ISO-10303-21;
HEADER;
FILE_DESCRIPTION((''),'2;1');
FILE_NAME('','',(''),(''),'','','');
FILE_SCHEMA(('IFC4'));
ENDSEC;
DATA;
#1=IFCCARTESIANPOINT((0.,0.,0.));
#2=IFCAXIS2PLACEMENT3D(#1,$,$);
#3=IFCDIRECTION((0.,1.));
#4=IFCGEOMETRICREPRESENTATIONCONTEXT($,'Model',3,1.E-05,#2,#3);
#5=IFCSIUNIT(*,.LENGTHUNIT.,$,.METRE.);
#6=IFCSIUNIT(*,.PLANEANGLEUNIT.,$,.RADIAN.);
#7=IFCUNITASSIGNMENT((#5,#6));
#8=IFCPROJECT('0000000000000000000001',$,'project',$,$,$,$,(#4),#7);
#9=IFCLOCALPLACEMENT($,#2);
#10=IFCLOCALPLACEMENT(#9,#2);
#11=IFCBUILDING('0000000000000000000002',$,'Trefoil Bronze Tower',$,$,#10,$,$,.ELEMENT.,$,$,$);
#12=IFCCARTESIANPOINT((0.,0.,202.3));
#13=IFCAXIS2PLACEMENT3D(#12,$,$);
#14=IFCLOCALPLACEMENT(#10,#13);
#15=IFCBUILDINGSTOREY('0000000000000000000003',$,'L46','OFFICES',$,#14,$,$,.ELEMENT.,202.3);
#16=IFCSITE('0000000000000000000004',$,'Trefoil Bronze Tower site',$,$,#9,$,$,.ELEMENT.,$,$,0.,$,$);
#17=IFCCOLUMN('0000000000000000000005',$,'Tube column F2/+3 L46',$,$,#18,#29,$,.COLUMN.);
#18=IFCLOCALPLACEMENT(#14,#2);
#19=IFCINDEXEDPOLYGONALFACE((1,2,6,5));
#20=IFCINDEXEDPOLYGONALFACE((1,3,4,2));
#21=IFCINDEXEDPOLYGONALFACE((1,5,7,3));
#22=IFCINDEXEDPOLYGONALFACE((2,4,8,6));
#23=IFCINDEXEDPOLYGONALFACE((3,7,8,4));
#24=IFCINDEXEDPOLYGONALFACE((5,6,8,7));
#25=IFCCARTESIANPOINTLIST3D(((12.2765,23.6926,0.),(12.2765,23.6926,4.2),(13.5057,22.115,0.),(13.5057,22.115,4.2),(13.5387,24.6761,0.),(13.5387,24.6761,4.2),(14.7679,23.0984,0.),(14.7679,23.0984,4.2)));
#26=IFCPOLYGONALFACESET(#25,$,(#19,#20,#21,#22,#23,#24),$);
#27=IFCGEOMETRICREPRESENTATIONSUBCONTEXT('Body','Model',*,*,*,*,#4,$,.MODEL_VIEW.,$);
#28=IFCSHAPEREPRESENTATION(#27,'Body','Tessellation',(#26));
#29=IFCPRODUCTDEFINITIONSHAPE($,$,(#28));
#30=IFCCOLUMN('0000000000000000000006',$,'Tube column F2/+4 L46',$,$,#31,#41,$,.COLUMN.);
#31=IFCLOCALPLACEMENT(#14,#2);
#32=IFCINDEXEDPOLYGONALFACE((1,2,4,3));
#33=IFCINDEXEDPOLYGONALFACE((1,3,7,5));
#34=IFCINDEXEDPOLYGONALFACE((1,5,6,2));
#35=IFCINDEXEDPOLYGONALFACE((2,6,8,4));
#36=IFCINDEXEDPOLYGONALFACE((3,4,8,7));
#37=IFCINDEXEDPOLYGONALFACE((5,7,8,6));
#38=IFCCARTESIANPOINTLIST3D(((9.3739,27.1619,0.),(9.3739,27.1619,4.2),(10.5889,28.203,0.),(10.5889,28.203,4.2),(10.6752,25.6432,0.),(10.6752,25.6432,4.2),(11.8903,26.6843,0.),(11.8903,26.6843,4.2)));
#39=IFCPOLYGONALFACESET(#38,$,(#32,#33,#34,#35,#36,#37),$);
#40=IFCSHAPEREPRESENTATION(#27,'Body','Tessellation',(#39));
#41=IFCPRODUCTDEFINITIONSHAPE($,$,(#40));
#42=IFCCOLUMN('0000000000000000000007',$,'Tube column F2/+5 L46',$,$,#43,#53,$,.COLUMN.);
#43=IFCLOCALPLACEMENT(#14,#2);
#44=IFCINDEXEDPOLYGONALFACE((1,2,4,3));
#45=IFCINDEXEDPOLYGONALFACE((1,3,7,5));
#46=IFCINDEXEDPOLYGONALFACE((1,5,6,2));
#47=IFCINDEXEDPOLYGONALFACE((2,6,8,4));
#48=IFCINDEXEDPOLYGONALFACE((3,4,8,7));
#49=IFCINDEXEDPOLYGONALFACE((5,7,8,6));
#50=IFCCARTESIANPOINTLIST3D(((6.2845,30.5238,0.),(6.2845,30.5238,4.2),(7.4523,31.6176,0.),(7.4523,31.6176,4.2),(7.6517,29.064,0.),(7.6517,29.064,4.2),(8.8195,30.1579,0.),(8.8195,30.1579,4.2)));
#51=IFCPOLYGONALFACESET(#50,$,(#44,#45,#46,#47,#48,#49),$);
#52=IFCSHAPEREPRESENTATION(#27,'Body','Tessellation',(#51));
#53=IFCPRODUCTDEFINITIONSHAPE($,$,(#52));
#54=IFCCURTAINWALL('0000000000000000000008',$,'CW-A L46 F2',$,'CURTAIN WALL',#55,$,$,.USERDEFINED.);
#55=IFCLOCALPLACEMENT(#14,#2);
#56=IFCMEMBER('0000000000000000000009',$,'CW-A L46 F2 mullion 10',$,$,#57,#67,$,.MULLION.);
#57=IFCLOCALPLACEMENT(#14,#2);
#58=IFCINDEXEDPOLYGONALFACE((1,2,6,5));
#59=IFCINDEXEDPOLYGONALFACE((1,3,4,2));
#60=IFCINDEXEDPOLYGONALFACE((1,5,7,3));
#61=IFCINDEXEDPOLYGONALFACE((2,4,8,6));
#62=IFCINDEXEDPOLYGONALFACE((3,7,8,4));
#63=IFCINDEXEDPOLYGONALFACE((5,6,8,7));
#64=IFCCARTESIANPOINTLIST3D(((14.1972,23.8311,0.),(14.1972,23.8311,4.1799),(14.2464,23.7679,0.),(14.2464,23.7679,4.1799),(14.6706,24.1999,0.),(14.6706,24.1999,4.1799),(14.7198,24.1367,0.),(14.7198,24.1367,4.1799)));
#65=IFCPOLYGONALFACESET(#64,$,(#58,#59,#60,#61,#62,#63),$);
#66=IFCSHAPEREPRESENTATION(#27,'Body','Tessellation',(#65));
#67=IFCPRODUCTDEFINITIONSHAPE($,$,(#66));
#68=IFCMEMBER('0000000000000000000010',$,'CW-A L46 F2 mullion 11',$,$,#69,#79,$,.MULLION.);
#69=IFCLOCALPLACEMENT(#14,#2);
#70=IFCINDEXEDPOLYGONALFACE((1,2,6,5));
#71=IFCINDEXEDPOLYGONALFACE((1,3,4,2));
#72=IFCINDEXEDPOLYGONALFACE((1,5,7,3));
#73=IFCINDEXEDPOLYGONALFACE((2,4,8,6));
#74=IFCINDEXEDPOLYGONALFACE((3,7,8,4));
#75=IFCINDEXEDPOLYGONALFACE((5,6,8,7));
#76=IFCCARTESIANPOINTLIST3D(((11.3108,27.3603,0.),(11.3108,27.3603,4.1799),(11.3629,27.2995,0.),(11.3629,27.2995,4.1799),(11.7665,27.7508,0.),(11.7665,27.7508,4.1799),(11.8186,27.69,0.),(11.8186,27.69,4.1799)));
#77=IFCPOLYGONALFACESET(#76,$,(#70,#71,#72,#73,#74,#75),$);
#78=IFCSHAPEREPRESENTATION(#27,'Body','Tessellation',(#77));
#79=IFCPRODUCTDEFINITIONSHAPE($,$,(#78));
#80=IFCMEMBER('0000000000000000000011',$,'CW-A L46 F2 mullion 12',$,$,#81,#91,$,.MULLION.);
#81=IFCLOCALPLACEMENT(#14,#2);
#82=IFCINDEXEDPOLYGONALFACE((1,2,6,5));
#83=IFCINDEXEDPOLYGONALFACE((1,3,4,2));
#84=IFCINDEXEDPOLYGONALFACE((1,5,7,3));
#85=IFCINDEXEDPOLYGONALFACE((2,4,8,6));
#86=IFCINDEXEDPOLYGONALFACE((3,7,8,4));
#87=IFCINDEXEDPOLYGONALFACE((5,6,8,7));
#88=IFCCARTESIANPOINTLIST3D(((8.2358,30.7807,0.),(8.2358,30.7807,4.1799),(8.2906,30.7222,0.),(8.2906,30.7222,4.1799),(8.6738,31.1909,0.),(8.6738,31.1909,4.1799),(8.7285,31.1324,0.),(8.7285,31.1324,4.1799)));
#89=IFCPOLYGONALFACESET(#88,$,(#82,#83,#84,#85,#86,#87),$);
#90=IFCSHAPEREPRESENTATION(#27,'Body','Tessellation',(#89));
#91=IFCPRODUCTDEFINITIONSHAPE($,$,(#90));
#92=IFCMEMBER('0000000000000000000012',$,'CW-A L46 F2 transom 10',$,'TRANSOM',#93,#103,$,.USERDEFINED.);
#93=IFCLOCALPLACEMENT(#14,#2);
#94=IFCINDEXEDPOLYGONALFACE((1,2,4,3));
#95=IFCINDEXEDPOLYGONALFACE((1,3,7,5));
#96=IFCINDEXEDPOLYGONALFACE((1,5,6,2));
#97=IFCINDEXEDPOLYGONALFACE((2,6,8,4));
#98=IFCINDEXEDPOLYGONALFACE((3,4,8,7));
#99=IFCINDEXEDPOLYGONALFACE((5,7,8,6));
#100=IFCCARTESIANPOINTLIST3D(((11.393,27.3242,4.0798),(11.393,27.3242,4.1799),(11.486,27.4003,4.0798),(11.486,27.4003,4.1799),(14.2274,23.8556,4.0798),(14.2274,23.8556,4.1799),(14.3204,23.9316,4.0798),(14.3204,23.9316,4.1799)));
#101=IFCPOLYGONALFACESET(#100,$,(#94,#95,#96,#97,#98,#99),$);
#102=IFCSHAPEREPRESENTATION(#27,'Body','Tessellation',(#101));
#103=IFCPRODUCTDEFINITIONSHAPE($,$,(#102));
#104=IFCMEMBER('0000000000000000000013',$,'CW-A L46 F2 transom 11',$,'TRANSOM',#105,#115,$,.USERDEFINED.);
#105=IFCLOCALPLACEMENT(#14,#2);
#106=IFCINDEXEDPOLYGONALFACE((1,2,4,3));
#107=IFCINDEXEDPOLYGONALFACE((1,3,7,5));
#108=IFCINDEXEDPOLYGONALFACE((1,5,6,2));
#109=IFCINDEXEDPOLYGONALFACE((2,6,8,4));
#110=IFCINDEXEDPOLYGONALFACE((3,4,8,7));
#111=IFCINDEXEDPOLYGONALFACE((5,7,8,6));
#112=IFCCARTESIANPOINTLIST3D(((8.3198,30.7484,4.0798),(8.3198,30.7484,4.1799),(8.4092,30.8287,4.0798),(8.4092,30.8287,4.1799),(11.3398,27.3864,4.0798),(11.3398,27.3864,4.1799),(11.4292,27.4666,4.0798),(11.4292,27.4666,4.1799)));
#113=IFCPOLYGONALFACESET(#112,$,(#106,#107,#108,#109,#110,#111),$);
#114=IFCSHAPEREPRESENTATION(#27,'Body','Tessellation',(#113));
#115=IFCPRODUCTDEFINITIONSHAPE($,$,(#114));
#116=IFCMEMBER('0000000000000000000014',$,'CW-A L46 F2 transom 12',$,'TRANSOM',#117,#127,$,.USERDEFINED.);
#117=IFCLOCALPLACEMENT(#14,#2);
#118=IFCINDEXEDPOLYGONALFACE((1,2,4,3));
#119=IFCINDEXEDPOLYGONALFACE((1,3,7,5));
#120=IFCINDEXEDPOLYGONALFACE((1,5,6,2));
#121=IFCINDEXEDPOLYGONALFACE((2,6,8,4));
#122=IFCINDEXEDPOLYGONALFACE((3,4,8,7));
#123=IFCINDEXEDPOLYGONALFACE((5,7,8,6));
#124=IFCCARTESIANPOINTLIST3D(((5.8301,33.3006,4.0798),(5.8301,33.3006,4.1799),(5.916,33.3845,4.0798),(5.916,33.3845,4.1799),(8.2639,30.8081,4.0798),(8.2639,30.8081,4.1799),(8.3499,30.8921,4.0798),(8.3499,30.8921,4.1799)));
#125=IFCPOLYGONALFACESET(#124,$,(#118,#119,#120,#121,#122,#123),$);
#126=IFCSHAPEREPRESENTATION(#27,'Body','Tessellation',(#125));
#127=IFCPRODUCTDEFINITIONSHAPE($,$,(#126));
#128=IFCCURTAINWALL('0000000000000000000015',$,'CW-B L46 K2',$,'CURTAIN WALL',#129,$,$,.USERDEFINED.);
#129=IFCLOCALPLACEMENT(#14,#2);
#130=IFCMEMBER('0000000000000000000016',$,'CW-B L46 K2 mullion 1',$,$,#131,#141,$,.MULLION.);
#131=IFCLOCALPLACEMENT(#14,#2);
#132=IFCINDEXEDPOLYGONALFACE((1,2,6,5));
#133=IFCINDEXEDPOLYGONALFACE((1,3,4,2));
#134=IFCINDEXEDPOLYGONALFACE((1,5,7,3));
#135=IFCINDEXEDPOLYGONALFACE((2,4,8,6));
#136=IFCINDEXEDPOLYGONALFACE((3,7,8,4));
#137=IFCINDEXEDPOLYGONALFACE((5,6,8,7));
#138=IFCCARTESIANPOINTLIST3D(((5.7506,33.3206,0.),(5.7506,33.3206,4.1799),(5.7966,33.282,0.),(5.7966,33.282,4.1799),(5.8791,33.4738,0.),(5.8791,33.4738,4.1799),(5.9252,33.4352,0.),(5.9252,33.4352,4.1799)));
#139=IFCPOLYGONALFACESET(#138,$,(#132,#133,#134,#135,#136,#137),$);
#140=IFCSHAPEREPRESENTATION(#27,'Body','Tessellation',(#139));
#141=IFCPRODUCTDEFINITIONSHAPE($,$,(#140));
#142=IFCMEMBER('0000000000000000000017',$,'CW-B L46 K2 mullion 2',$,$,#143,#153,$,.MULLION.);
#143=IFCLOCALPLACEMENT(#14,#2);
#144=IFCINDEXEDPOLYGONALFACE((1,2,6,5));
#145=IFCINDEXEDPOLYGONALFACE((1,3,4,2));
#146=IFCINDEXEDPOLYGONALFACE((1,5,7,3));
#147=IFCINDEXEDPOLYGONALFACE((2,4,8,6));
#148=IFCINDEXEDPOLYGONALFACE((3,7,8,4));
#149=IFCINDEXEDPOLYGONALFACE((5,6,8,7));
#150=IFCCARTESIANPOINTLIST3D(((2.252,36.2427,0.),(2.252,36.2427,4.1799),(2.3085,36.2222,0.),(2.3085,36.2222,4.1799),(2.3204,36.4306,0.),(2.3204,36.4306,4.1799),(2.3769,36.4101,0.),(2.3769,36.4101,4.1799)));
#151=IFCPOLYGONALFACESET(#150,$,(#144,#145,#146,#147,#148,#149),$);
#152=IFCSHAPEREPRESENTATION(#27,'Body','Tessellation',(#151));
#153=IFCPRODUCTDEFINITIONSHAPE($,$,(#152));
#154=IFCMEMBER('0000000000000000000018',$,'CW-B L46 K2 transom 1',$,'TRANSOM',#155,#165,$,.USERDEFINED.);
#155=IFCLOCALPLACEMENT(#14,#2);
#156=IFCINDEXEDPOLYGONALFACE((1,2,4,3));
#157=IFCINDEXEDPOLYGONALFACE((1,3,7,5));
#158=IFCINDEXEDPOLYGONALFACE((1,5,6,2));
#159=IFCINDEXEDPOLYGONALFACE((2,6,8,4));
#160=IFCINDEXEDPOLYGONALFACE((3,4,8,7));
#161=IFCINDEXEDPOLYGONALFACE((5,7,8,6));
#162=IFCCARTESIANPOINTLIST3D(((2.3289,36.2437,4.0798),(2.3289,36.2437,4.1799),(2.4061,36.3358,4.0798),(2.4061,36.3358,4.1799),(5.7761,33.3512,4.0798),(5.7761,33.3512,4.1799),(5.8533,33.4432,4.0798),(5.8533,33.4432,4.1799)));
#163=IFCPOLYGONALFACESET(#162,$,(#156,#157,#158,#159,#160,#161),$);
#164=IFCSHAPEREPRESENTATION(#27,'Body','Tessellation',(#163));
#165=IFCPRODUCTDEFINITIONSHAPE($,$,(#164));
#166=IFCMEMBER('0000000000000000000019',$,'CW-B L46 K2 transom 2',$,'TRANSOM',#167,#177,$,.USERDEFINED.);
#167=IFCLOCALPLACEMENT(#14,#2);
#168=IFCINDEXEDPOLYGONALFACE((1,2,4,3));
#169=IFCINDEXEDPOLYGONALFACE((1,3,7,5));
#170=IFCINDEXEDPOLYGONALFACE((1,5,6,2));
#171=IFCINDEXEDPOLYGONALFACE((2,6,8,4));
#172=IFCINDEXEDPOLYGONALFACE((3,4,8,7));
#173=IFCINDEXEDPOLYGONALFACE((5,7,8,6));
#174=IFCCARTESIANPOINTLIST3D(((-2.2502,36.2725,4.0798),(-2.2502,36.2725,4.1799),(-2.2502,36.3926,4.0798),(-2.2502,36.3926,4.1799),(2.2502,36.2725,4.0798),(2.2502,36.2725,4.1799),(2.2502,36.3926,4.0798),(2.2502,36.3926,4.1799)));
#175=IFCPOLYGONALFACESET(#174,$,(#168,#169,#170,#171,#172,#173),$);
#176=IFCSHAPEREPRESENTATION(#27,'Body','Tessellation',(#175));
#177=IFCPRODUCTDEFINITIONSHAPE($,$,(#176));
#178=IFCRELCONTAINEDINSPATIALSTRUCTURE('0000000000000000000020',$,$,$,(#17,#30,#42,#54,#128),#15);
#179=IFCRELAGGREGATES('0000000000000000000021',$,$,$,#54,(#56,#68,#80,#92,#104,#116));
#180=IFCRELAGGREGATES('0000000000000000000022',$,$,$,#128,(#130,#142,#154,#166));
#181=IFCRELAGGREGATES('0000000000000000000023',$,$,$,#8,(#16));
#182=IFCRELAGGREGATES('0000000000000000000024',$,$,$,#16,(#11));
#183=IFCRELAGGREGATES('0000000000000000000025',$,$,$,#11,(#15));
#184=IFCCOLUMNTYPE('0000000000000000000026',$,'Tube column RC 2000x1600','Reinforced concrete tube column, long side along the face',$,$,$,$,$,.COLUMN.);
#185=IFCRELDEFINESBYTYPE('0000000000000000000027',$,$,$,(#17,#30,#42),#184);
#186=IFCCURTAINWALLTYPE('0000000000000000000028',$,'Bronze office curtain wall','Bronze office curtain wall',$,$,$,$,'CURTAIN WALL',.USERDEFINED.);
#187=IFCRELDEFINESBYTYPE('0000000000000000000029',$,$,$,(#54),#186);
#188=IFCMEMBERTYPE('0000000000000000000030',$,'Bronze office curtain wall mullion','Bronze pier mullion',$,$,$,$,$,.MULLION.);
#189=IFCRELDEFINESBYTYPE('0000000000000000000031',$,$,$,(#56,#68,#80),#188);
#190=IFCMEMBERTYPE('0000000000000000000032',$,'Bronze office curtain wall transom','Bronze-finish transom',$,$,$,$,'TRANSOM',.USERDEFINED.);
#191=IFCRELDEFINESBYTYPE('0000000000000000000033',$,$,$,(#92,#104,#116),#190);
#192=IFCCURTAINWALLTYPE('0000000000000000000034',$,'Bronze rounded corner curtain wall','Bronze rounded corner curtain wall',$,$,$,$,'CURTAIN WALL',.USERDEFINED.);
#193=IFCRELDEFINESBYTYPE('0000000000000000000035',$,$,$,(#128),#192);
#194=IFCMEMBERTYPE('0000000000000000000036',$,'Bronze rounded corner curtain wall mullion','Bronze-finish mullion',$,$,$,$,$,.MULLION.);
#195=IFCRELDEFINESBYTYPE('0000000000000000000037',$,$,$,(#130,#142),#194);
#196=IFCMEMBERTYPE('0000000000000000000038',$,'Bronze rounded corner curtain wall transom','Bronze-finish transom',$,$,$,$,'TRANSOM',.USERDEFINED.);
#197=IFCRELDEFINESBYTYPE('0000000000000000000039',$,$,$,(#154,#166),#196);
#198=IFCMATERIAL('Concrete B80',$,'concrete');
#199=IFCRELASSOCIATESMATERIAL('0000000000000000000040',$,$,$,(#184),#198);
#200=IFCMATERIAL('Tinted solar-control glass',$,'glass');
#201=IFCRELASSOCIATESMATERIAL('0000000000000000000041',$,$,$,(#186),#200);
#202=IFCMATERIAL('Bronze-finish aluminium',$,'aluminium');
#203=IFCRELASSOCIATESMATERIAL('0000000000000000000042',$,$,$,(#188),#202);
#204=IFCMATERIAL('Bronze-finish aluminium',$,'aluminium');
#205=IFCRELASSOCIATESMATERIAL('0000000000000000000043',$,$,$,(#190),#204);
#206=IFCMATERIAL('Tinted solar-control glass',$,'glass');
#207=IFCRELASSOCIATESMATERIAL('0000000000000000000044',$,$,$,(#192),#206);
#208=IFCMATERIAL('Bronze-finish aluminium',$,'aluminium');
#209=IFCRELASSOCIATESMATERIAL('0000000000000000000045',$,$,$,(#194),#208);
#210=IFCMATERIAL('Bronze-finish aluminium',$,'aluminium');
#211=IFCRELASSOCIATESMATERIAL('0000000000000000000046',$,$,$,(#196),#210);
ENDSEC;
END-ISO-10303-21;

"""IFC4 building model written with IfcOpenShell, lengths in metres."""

from ifc_helpers import new_model, si_unit, direction, frame, origin, origin_2d, place, context, subcontext, project, spatial, rectangle, extrude, material, material_profile, profile_set, type_object, element, aggregate, save


model = new_model("IFC4")

# Units and contexts
model_context = context("Model", 3, precision=1e-05, world=origin(), true_north=direction((0.0, 1.0)))
body_context = subcontext(model_context, "Body", "Model", "MODEL_VIEW")
ifc_project = project(units=[si_unit("LENGTHUNIT", "METRE"), si_unit("PLANEANGLEUNIT", "RADIAN")], contexts=[model_context])

# Site, building, storey
site_placement = place(None, origin())
site = spatial("IfcSite", under=ifc_project, at=site_placement, Name="Trefoil Bronze Tower site", CompositionType="ELEMENT", RefElevation=0.0)
building_placement = place(site_placement, origin())
building = spatial("IfcBuilding", under=site, at=building_placement, Name="Trefoil Bronze Tower", CompositionType="ELEMENT")
storey_placement = place(building_placement, frame((0.0, 0.0, 202.3)))
storey = spatial("IfcBuildingStorey", under=building, at=storey_placement, Name="L46", Description="OFFICES", CompositionType="ELEMENT", Elevation=202.3)

# Columns
ifc_material_1 = material(Name="Concrete B80", Category="concrete")
ifc_material_profile_1 = material_profile(ifc_material_1, rectangle(XDim=2.0, YDim=1.6001, at=origin_2d()), Name="RC 2000x1600")
ifc_profile_set_1 = profile_set([ifc_material_profile_1], Name="Concrete B80")
column_type = type_object("IfcColumnType", Name="Tube column RC 2000x1600", Description="Reinforced concrete tube column, long side along the face", PredefinedType="COLUMN", material=ifc_profile_set_1)
for number, where, z_axis, x_axis, name in (
    (1, (13.5222, 23.3955, 0.0), (0.0, 0.0, 1.0), (-0.614622, 0.788821, 0.0), "Tube column F2/+3 L46"),
    (2, (10.6321, 26.9231, 0.0), (0.0, 0.0, 1.0), (-0.650677, 0.759355, 0.0), "Tube column F2/+4 L46"),
    (3, (7.552, 30.3408, 0.0), (0.0, 0.0, 1.0), (-0.683597, 0.72986, 0.0), "Tube column F2/+5 L46"),
):
    element("IfcColumn", number, at=place(storey_placement, frame(where, z_axis=z_axis, x_axis=x_axis)), inside=storey, type_object=column_type, Name=name, PredefinedType="COLUMN", context=body_context, shape_type="SweptSolid", body=[
        extrude(rectangle(XDim=2.0, YDim=1.6001, at=origin_2d()), origin(), (0.0, 0.0, 1.0), 4.2),
    ])

# Curtain walls, members
ifc_material_2 = material(Name="Tinted solar-control glass", Category="glass")
curtain_wall_type_1 = type_object("IfcCurtainWallType", Name="Bronze office curtain wall", Description="Bronze office curtain wall", ElementType="CURTAIN WALL", PredefinedType="USERDEFINED", material=ifc_material_2)
curtain_wall_1_placement = place(storey_placement, origin())
curtain_wall_1 = element("IfcCurtainWall", 4, at=curtain_wall_1_placement, inside=storey, type_object=curtain_wall_type_1, Name="CW-A L46 F2", ObjectType="CURTAIN WALL", PredefinedType="USERDEFINED")
ifc_material_3 = material(Name="Bronze-finish aluminium", Category="aluminium")
ifc_material_profile_2 = material_profile(ifc_material_3, rectangle(XDim=0.6001, YDim=0.0801, at=origin_2d()), Name="CW-A mullion")
ifc_profile_set_2 = profile_set([ifc_material_profile_2], Name="Bronze-finish aluminium")
member_type_1 = type_object("IfcMemberType", Name="Bronze office curtain wall mullion", Description="Bronze pier mullion", PredefinedType="MULLION", material=ifc_profile_set_2)
member_1_placement = place(storey_placement, frame((14.4585, 23.9839, 0.0), z_axis=(0.0, 0.0, 1.0), x_axis=(-0.788821, -0.614622, 0.0)))
member_1 = element("IfcMember", 5, at=member_1_placement, type_object=member_type_1, Name="CW-A L46 F2 mullion 10", PredefinedType="MULLION", context=body_context, shape_type="SweptSolid", body=[
    extrude(rectangle(XDim=0.6001, YDim=0.0801, at=origin_2d()), origin(), (0.0, 0.0, 1.0), 4.1799),
])
member_2_placement = place(storey_placement, frame((11.5647, 27.5251, 0.0), z_axis=(0.0, 0.0, 1.0), x_axis=(-0.759355, -0.650677, 0.0)))
member_2 = element("IfcMember", 6, at=member_2_placement, type_object=member_type_1, Name="CW-A L46 F2 mullion 11", PredefinedType="MULLION", context=body_context, shape_type="SweptSolid", body=[
    extrude(rectangle(XDim=0.6001, YDim=0.0801, at=origin_2d()), origin(), (0.0, 0.0, 1.0), 4.1799),
])
member_3_placement = place(storey_placement, frame((8.4822, 30.9565, 0.0), z_axis=(0.0, 0.0, 1.0), x_axis=(-0.72986, -0.683597, 0.0)))
member_3 = element("IfcMember", 7, at=member_3_placement, type_object=member_type_1, Name="CW-A L46 F2 mullion 12", PredefinedType="MULLION", context=body_context, shape_type="SweptSolid", body=[
    extrude(rectangle(XDim=0.6001, YDim=0.0801, at=origin_2d()), origin(), (0.0, 0.0, 1.0), 4.1799),
])
ifc_material_4 = material(Name="Bronze-finish aluminium", Category="aluminium")
ifc_material_profile_3 = material_profile(ifc_material_4, rectangle(XDim=0.1201, YDim=0.1001, at=origin_2d()), Name="CW-A transom")
ifc_profile_set_3 = profile_set([ifc_material_profile_3], Name="Bronze-finish aluminium")
member_type_2 = type_object("IfcMemberType", Name="Bronze office curtain wall transom", Description="Bronze-finish transom", ElementType="TRANSOM", PredefinedType="USERDEFINED", material=ifc_profile_set_3)
member_4_placement = place(storey_placement, frame((14.2739, 23.8936, 4.1299), z_axis=(-0.632757, 0.774351, 0.0), x_axis=(-0.774351, -0.632757, 0.0)))
member_4 = element("IfcMember", 8, at=member_4_placement, type_object=member_type_2, Name="CW-A L46 F2 transom 10", ObjectType="TRANSOM", PredefinedType="USERDEFINED", context=body_context, shape_type="SweptSolid", body=[
    extrude(rectangle(XDim=0.1201, YDim=0.1001, at=origin_2d()), origin(), (0.0, 0.0, 1.0), 4.4795),
])
member_5_placement = place(storey_placement, frame((11.3845, 27.4265, 4.1299), z_axis=(-0.668251, 0.743936, 0.0), x_axis=(-0.743936, -0.668251, 0.0)))
member_5 = element("IfcMember", 9, at=member_5_placement, type_object=member_type_2, Name="CW-A L46 F2 transom 11", ObjectType="TRANSOM", PredefinedType="USERDEFINED", context=body_context, shape_type="SweptSolid", body=[
    extrude(rectangle(XDim=0.1201, YDim=0.1001, at=origin_2d()), origin(), (0.0, 0.0, 1.0), 4.5193),
])
member_6_placement = place(storey_placement, frame((8.3069, 30.8501, 4.1299), z_axis=(-0.698647, 0.715467, 0.0), x_axis=(-0.715467, -0.698647, 0.0)))
member_6 = element("IfcMember", 10, at=member_6_placement, type_object=member_type_2, Name="CW-A L46 F2 transom 12", ObjectType="TRANSOM", PredefinedType="USERDEFINED", context=body_context, shape_type="SweptSolid", body=[
    extrude(rectangle(XDim=0.1201, YDim=0.1001, at=origin_2d()), origin(), (0.0, 0.0, 1.0), 3.4836),
])
ifc_material_5 = material(Name="Tinted solar-control glass", Category="glass")
curtain_wall_type_2 = type_object("IfcCurtainWallType", Name="Bronze rounded corner curtain wall", Description="Bronze rounded corner curtain wall", ElementType="CURTAIN WALL", PredefinedType="USERDEFINED", material=ifc_material_5)
curtain_wall_2_placement = place(storey_placement, origin())
curtain_wall_2 = element("IfcCurtainWall", 11, at=curtain_wall_2_placement, inside=storey, type_object=curtain_wall_type_2, Name="CW-B L46 K2", ObjectType="CURTAIN WALL", PredefinedType="USERDEFINED")
ifc_material_6 = material(Name="Bronze-finish aluminium", Category="aluminium")
ifc_material_profile_4 = material_profile(ifc_material_6, rectangle(XDim=0.2, YDim=0.0601, at=origin_2d()), Name="CW-B mullion")
ifc_profile_set_4 = profile_set([ifc_material_profile_4], Name="Bronze-finish aluminium")
member_type_3 = type_object("IfcMemberType", Name="Bronze rounded corner curtain wall mullion", Description="Bronze-finish mullion", PredefinedType="MULLION", material=ifc_profile_set_4)
member_7_placement = place(storey_placement, frame((5.8379, 33.3779, 0.0), z_axis=(0.0, 0.0, 1.0), x_axis=(-0.642788, -0.766044, 0.0)))
member_7 = element("IfcMember", 12, at=member_7_placement, type_object=member_type_3, Name="CW-B L46 K2 mullion 1", PredefinedType="MULLION", context=body_context, shape_type="SweptSolid", body=[
    extrude(rectangle(XDim=0.2, YDim=0.0601, at=origin_2d()), origin(), (0.0, 0.0, 1.0), 4.1799),
])
member_8_placement = place(storey_placement, frame((2.3145, 36.3264, 0.0), z_axis=(0.0, 0.0, 1.0), x_axis=(-0.34202, -0.939693, 0.0)))
member_8 = element("IfcMember", 13, at=member_8_placement, type_object=member_type_3, Name="CW-B L46 K2 mullion 2", PredefinedType="MULLION", context=body_context, shape_type="SweptSolid", body=[
    extrude(rectangle(XDim=0.2, YDim=0.0601, at=origin_2d()), origin(), (0.0, 0.0, 1.0), 4.1799),
])
ifc_material_7 = material(Name="Bronze-finish aluminium", Category="aluminium")
ifc_material_profile_5 = material_profile(ifc_material_7, rectangle(XDim=0.1201, YDim=0.1001, at=origin_2d()), Name="CW-B transom")
ifc_profile_set_5 = profile_set([ifc_material_profile_5], Name="Bronze-finish aluminium")
member_type_4 = type_object("IfcMemberType", Name="Bronze rounded corner curtain wall transom", Description="Bronze-finish transom", ElementType="TRANSOM", PredefinedType="USERDEFINED", material=ifc_profile_set_5)
member_9_placement = place(storey_placement, frame((5.8147, 33.3972, 4.1299), z_axis=(-0.766047, 0.642785, 0.0), x_axis=(-0.642785, -0.766047, 0.0)))
member_9 = element("IfcMember", 14, at=member_9_placement, type_object=member_type_4, Name="CW-B L46 K2 transom 1", ObjectType="TRANSOM", PredefinedType="USERDEFINED", context=body_context, shape_type="SweptSolid", body=[
    extrude(rectangle(XDim=0.1201, YDim=0.1001, at=origin_2d()), origin(), (0.0, 0.0, 1.0), 4.5),
])
member_10_placement = place(storey_placement, frame((2.2502, 36.3325, 4.1299), z_axis=(-1.0, 0.0, 0.0), x_axis=(0.0, -1.0, 0.0)))
member_10 = element("IfcMember", 15, at=member_10_placement, type_object=member_type_4, Name="CW-B L46 K2 transom 2", ObjectType="TRANSOM", PredefinedType="USERDEFINED", context=body_context, shape_type="SweptSolid", body=[
    extrude(rectangle(XDim=0.1201, YDim=0.1001, at=origin_2d()), origin(), (0.0, 0.0, 1.0), 4.5005),
])

aggregate(curtain_wall_1, [member_1, member_2, member_3, member_4, member_5, member_6])
aggregate(curtain_wall_2, [member_7, member_8, member_9, member_10])

save(model, "model.ifc")
